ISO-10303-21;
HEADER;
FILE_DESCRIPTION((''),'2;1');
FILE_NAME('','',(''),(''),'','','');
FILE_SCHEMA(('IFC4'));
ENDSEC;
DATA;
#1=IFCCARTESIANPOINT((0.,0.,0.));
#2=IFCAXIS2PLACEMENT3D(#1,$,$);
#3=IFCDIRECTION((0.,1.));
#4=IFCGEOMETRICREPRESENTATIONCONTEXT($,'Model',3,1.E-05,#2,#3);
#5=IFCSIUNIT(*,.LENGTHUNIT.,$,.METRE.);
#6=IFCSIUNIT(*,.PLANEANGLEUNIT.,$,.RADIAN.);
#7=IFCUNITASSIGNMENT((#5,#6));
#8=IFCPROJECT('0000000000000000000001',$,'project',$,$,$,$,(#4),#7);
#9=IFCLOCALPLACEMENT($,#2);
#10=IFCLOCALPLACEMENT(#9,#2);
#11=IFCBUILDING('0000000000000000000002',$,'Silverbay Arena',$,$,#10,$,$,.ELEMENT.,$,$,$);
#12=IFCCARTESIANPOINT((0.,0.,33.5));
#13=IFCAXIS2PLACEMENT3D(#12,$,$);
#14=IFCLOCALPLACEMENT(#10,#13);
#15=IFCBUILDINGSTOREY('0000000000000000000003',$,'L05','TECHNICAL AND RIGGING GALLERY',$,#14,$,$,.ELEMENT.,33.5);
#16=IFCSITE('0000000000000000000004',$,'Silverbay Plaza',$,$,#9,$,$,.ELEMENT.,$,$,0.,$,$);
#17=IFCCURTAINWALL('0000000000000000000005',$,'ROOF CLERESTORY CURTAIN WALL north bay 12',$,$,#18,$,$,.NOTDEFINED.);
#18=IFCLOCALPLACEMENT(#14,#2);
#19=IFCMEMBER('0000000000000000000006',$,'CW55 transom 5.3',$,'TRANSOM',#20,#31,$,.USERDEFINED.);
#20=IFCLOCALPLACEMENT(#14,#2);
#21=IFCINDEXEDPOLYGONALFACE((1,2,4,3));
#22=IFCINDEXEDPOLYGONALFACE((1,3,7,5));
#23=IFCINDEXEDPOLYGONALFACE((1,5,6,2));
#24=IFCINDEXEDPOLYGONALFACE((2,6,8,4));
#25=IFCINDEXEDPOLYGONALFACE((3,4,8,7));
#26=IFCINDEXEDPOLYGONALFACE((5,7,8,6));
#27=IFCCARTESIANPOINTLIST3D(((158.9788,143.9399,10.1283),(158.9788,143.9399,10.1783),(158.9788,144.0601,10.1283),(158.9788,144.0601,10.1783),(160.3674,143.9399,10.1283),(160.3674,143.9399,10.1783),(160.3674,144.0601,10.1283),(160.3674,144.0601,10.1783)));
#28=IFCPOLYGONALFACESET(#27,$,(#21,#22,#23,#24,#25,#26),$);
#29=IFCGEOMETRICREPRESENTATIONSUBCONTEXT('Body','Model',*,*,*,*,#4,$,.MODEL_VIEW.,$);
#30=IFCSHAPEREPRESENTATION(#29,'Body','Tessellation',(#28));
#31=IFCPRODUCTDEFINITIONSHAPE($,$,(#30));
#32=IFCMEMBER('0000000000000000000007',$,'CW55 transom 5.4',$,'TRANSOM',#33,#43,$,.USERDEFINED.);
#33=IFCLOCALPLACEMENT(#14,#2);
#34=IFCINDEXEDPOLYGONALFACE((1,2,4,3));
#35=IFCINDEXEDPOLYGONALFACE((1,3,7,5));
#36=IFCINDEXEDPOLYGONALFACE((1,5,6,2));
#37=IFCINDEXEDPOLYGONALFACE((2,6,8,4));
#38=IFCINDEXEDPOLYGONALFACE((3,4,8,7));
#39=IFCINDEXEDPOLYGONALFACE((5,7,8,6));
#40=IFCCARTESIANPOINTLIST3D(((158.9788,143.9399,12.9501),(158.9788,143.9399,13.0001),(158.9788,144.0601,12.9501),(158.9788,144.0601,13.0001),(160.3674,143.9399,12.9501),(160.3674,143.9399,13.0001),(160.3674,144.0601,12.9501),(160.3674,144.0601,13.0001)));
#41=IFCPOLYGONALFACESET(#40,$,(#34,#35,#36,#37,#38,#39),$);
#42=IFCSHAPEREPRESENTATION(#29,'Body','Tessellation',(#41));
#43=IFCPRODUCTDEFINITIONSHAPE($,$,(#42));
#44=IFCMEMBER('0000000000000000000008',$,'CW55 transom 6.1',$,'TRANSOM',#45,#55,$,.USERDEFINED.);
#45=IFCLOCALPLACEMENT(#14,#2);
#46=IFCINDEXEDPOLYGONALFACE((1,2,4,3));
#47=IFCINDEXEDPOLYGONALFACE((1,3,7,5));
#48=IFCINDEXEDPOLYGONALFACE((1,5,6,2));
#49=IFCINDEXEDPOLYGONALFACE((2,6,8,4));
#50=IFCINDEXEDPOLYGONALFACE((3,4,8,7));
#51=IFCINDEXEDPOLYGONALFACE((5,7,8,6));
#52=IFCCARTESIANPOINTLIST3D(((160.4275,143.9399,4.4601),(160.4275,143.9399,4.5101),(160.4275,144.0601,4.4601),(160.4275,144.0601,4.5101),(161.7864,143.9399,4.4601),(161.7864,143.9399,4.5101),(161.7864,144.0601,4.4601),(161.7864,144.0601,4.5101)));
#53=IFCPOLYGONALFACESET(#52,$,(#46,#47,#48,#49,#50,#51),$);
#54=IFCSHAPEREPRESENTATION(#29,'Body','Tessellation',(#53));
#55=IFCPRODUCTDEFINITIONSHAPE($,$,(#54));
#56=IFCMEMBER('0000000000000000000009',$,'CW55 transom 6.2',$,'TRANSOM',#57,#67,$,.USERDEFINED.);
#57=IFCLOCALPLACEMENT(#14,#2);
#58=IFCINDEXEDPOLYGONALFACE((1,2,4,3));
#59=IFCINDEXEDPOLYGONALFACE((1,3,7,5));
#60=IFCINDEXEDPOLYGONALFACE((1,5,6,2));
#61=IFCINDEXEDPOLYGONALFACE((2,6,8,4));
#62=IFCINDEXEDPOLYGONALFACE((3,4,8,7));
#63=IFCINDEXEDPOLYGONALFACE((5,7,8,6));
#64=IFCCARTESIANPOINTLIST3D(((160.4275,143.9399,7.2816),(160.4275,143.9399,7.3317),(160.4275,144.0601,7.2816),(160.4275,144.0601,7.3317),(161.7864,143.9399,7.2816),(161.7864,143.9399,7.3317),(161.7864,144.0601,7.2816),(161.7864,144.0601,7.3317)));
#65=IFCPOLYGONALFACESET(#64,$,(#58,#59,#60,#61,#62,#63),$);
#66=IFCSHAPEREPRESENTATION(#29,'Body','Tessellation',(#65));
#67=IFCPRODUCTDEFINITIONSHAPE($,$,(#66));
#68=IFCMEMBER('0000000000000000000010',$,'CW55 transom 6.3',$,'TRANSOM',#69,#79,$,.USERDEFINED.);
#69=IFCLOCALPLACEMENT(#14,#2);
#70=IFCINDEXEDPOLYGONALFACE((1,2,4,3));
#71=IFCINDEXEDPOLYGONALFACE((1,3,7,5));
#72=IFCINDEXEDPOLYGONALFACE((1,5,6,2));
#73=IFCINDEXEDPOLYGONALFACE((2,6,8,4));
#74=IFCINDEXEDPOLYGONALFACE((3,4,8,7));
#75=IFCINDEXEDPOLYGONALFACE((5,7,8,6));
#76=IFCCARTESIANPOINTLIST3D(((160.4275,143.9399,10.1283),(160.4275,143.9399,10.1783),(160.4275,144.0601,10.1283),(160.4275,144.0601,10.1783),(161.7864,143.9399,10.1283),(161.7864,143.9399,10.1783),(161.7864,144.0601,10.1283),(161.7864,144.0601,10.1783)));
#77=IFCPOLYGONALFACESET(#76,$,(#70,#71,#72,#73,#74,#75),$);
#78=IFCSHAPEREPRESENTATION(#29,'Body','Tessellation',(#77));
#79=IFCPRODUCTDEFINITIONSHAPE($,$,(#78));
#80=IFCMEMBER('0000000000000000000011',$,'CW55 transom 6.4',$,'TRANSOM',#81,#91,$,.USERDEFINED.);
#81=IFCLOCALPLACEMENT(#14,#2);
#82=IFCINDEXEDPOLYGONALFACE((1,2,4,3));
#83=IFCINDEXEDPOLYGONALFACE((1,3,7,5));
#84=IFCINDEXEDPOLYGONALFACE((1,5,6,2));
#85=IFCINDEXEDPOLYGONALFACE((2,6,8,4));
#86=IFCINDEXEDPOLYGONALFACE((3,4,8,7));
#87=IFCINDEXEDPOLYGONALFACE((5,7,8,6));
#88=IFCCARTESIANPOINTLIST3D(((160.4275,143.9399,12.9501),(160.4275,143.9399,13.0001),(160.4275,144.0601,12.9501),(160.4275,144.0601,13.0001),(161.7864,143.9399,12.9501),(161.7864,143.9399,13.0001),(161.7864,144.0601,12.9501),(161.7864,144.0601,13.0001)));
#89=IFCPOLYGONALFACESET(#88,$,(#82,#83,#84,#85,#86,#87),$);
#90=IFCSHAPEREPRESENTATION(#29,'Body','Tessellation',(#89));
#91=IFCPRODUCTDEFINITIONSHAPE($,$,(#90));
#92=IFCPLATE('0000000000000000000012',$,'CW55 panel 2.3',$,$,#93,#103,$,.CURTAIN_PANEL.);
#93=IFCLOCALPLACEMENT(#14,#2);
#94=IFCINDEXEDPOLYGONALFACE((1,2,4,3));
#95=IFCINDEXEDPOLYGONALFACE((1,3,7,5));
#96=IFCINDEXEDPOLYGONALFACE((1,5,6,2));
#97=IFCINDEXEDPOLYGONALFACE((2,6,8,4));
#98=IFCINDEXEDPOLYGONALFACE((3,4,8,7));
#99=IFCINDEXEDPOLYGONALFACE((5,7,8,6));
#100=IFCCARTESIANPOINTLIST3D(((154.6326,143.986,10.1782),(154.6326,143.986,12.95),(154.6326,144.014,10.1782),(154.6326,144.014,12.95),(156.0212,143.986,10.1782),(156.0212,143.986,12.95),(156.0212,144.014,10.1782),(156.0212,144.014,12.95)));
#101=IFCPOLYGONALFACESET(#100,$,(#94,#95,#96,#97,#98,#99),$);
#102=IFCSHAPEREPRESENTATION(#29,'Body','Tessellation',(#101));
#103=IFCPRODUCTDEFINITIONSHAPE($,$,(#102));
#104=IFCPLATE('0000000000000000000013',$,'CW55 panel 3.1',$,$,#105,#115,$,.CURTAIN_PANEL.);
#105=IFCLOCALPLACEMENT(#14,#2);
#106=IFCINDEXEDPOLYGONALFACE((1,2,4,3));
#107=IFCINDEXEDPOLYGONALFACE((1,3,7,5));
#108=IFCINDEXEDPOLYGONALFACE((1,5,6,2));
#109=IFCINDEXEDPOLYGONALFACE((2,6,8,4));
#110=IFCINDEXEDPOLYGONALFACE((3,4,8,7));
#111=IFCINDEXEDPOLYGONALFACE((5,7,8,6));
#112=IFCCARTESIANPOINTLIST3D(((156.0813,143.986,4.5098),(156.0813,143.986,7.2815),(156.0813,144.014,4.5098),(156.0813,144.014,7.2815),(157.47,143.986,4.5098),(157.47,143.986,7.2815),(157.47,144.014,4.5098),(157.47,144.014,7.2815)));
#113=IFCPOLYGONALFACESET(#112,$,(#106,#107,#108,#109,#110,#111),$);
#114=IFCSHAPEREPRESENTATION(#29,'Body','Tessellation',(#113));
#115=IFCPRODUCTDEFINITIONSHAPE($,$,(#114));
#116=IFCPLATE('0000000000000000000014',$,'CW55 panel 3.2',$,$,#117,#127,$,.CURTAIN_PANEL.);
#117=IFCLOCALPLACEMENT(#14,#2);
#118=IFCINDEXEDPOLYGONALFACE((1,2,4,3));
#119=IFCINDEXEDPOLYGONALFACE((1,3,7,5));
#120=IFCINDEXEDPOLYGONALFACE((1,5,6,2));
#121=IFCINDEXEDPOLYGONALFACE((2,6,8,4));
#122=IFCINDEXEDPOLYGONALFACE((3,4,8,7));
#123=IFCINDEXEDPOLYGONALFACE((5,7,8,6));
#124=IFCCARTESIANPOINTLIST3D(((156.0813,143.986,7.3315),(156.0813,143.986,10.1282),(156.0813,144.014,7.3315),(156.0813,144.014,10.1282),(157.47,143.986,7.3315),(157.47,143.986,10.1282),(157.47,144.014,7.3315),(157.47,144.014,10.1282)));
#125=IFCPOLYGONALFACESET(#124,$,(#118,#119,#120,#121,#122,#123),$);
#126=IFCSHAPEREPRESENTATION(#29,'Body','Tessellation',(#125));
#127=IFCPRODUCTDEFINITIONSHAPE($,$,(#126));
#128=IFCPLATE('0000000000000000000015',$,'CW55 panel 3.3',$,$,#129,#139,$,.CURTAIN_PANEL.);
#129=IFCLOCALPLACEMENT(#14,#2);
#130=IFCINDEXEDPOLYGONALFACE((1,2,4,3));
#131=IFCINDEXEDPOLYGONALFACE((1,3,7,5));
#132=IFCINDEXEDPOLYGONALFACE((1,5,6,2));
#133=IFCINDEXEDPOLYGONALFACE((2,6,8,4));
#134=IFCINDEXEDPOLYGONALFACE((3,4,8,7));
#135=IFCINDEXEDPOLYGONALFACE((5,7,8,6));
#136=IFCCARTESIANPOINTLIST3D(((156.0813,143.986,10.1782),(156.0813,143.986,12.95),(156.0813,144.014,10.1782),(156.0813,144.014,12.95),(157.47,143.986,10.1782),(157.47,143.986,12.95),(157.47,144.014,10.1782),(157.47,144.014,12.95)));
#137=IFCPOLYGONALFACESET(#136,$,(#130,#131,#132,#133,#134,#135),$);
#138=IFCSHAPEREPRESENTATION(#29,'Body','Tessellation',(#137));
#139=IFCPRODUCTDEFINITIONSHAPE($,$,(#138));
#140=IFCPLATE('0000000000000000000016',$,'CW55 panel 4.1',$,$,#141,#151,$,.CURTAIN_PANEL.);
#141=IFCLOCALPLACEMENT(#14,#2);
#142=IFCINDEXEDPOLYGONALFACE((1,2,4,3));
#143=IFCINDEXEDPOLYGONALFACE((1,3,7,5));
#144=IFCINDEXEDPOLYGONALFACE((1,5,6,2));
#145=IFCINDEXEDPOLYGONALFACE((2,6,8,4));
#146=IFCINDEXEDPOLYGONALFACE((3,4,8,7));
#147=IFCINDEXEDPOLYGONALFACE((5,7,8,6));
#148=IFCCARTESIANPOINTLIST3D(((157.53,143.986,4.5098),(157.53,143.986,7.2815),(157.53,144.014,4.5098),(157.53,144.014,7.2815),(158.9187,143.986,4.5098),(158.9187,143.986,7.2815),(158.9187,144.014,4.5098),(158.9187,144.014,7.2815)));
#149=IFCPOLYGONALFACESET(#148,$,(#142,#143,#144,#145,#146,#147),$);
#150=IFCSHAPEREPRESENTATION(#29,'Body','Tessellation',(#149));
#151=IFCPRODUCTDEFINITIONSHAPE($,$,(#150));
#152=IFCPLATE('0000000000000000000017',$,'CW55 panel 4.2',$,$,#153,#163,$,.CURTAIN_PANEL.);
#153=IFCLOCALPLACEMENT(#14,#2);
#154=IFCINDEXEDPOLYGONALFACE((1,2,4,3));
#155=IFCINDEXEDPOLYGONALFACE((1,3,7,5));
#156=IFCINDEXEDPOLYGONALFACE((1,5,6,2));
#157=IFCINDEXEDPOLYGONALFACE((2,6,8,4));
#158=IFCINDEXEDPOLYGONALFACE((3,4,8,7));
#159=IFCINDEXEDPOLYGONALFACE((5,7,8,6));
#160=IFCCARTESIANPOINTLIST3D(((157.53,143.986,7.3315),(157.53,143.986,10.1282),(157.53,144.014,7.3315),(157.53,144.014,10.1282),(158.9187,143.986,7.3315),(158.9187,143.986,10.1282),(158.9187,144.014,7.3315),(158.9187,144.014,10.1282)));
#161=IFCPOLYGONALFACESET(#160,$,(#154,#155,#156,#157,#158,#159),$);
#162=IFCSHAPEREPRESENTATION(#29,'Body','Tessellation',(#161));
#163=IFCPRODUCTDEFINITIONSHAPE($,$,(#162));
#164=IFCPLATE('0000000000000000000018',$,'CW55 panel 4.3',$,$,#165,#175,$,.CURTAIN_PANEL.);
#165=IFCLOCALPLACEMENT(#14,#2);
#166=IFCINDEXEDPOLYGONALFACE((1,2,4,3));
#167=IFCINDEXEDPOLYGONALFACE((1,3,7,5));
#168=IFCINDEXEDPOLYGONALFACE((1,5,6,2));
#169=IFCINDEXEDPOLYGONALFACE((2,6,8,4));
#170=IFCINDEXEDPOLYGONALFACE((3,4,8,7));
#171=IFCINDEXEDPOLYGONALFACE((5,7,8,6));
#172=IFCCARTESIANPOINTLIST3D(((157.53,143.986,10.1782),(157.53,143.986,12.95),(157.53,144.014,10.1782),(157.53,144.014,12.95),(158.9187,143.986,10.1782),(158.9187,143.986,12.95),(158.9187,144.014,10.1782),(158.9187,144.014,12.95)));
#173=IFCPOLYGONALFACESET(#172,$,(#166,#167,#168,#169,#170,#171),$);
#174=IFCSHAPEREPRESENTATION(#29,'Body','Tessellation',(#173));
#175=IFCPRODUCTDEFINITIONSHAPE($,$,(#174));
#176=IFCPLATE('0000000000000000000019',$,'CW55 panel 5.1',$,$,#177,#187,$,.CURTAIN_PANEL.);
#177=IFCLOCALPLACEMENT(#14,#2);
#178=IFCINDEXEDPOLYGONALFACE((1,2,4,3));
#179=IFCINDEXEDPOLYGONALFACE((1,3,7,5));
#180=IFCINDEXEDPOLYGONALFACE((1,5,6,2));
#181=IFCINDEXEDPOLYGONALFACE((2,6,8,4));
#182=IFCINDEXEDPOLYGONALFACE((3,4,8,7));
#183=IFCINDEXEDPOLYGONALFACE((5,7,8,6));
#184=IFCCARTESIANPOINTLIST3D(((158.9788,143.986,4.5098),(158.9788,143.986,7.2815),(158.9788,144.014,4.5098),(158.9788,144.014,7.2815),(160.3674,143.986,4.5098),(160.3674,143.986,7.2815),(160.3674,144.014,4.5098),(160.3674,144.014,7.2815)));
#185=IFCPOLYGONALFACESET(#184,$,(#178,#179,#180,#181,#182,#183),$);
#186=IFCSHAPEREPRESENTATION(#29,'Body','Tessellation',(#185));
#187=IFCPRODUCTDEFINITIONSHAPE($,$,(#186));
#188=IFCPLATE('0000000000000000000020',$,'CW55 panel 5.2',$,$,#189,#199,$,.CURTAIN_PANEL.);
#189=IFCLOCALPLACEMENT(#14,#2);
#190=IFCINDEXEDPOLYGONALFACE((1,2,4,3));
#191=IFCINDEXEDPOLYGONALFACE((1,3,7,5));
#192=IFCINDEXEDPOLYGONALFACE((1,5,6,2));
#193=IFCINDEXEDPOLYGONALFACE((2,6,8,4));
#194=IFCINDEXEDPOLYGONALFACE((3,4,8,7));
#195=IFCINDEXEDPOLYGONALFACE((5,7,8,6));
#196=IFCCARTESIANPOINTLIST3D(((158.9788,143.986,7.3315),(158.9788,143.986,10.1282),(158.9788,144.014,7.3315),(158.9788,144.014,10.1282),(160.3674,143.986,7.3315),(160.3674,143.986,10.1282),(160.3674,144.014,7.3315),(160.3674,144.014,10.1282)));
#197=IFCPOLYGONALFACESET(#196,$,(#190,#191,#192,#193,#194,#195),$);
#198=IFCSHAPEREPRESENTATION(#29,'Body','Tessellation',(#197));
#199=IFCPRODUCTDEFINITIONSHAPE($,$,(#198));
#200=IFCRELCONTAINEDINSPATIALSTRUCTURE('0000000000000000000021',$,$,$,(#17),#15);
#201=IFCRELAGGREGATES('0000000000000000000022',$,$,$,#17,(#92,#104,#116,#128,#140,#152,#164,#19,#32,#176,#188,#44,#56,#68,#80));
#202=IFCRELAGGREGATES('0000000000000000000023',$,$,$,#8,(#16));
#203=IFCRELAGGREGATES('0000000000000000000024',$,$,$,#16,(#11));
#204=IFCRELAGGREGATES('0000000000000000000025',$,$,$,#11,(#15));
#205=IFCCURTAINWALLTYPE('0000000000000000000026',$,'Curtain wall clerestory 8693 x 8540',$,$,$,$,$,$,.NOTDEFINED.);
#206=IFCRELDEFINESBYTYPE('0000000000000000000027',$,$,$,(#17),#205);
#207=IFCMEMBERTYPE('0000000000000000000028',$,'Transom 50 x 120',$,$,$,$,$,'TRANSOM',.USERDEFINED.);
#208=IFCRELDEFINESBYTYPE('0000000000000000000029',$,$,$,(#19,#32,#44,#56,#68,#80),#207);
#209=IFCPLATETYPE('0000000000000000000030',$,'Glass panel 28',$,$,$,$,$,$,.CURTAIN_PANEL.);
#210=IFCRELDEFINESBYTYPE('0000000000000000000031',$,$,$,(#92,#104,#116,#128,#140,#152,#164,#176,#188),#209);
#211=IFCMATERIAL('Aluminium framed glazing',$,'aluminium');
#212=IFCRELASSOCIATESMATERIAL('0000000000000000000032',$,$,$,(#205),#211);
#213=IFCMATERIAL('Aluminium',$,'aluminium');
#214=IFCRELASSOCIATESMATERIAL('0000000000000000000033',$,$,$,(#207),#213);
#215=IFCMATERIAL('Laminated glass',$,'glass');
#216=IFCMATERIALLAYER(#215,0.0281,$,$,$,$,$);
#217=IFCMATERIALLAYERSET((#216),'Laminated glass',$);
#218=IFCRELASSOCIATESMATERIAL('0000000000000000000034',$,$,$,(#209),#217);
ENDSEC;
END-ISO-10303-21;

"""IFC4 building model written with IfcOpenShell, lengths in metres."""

from ifc_helpers import new_model, si_unit, direction, frame, origin, origin_2d, place, context, subcontext, project, spatial, rectangle, extrude, material, layer, layer_set, material_profile, profile_set, type_object, element, aggregate, save


model = new_model("IFC4")

# Units and contexts
model_context = context("Model", 3, precision=1e-05, world=origin(), true_north=direction((0.0, 1.0)))
body_context = subcontext(model_context, "Body", "Model", "MODEL_VIEW")
ifc_project = project(units=[si_unit("LENGTHUNIT", "METRE"), si_unit("PLANEANGLEUNIT", "RADIAN")], contexts=[model_context])

# Site, building, storey
site_placement = place(None, origin())
site = spatial("IfcSite", under=ifc_project, at=site_placement, Name="Silverbay Plaza", CompositionType="ELEMENT", RefElevation=0.0)
building_placement = place(site_placement, origin())
building = spatial("IfcBuilding", under=site, at=building_placement, Name="Silverbay Arena", CompositionType="ELEMENT")
storey_placement = place(building_placement, frame((0.0, 0.0, 33.5)))
storey = spatial("IfcBuildingStorey", under=building, at=storey_placement, Name="L05", Description="TECHNICAL AND RIGGING GALLERY", CompositionType="ELEMENT", Elevation=33.5)

# Curtain wall, members, plates
ifc_material_1 = material(Name="Aluminium framed glazing", Category="aluminium")
curtain_wall_type = type_object("IfcCurtainWallType", Name="Curtain wall clerestory 8693 x 8540", PredefinedType="NOTDEFINED", material=ifc_material_1)
curtain_wall_placement = place(storey_placement, origin())
curtain_wall = element("IfcCurtainWall", 1, at=curtain_wall_placement, inside=storey, type_object=curtain_wall_type, Name="ROOF CLERESTORY CURTAIN WALL north bay 12", PredefinedType="NOTDEFINED")
ifc_material_2 = material(Name="Aluminium", Category="aluminium")
ifc_material_profile_1 = material_profile(ifc_material_2, rectangle(XDim=0.1201, YDim=0.05, at=origin_2d()), Name="Transom 50 x 120")
ifc_profile_set_1 = profile_set([ifc_material_profile_1], Name="Aluminium")
member_type_1 = type_object("IfcMemberType", Name="Transom 50 x 120", ElementType="TRANSOM", PredefinedType="USERDEFINED", material=ifc_profile_set_1)
member_1_placement = place(storey_placement, frame((158.9788, 144.0, 10.1533), z_axis=(1.0, 0.0, 0.0), x_axis=(0.0, 1.0, 0.0)))
member_1 = element("IfcMember", 2, at=member_1_placement, type_object=member_type_1, Name="CW55 transom 5.3", ObjectType="TRANSOM", PredefinedType="USERDEFINED", context=body_context, shape_type="SweptSolid", body=[
    extrude(rectangle(XDim=0.1201, YDim=0.05, at=origin_2d()), origin(), (0.0, 0.0, 1.0), 1.3887),
])
member_2_placement = place(storey_placement, frame((158.9788, 144.0, 12.9751), z_axis=(1.0, 0.0, 0.0), x_axis=(0.0, 1.0, 0.0)))
member_2 = element("IfcMember", 3, at=member_2_placement, type_object=member_type_1, Name="CW55 transom 5.4", ObjectType="TRANSOM", PredefinedType="USERDEFINED", context=body_context, shape_type="SweptSolid", body=[
    extrude(rectangle(XDim=0.1201, YDim=0.05, at=origin_2d()), origin(), (0.0, 0.0, 1.0), 1.3887),
])
member_3_placement = place(storey_placement, frame((160.4275, 144.0, 4.4851), z_axis=(1.0, 0.0, 0.0), x_axis=(0.0, 1.0, 0.0)))
member_3 = element("IfcMember", 4, at=member_3_placement, type_object=member_type_1, Name="CW55 transom 6.1", ObjectType="TRANSOM", PredefinedType="USERDEFINED", context=body_context, shape_type="SweptSolid", body=[
    extrude(rectangle(XDim=0.1201, YDim=0.05, at=origin_2d()), origin(), (0.0, 0.0, 1.0), 1.3589),
])
member_4_placement = place(storey_placement, frame((160.4275, 144.0, 7.3066), z_axis=(1.0, 0.0, 0.0), x_axis=(0.0, 1.0, 0.0)))
member_4 = element("IfcMember", 5, at=member_4_placement, type_object=member_type_1, Name="CW55 transom 6.2", ObjectType="TRANSOM", PredefinedType="USERDEFINED", context=body_context, shape_type="SweptSolid", body=[
    extrude(rectangle(XDim=0.1201, YDim=0.05, at=origin_2d()), origin(), (0.0, 0.0, 1.0), 1.3589),
])
member_5_placement = place(storey_placement, frame((160.4275, 144.0, 10.1533), z_axis=(1.0, 0.0, 0.0), x_axis=(0.0, 1.0, 0.0)))
member_5 = element("IfcMember", 6, at=member_5_placement, type_object=member_type_1, Name="CW55 transom 6.3", ObjectType="TRANSOM", PredefinedType="USERDEFINED", context=body_context, shape_type="SweptSolid", body=[
    extrude(rectangle(XDim=0.1201, YDim=0.05, at=origin_2d()), origin(), (0.0, 0.0, 1.0), 1.3589),
])
member_6_placement = place(storey_placement, frame((160.4275, 144.0, 12.9751), z_axis=(1.0, 0.0, 0.0), x_axis=(0.0, 1.0, 0.0)))
member_6 = element("IfcMember", 7, at=member_6_placement, type_object=member_type_1, Name="CW55 transom 6.4", ObjectType="TRANSOM", PredefinedType="USERDEFINED", context=body_context, shape_type="SweptSolid", body=[
    extrude(rectangle(XDim=0.1201, YDim=0.05, at=origin_2d()), origin(), (0.0, 0.0, 1.0), 1.3589),
])
ifc_material_3 = material(Name="Laminated glass", Category="glass")
ifc_layer = layer(ifc_material_3, 0.0281)
ifc_layer_set = layer_set([ifc_layer], Name="Laminated glass")
plate_type = type_object("IfcPlateType", Name="Glass panel 28", PredefinedType="CURTAIN_PANEL", material=ifc_layer_set)
plate_1_placement = place(storey_placement, frame((155.3269, 144.0, 10.1782), z_axis=(0.0, 0.0, 1.0), x_axis=(1.0, 0.0, 0.0)))
plate_1 = element("IfcPlate", 8, at=plate_1_placement, type_object=plate_type, Name="CW55 panel 2.3", PredefinedType="CURTAIN_PANEL", context=body_context, shape_type="SweptSolid", body=[
    extrude(rectangle(XDim=1.3887, YDim=0.0281, at=origin_2d()), origin(), (0.0, 0.0, 1.0), 2.7717),
])
plate_2_placement = place(storey_placement, frame((156.7756, 144.0, 4.5098), z_axis=(0.0, 0.0, 1.0), x_axis=(1.0, 0.0, 0.0)))
plate_2 = element("IfcPlate", 9, at=plate_2_placement, type_object=plate_type, Name="CW55 panel 3.1", PredefinedType="CURTAIN_PANEL", context=body_context, shape_type="SweptSolid", body=[
    extrude(rectangle(XDim=1.3887, YDim=0.0281, at=origin_2d()), origin(), (0.0, 0.0, 1.0), 2.7717),
])
plate_3_placement = place(storey_placement, frame((156.7756, 144.0, 7.3315), z_axis=(0.0, 0.0, 1.0), x_axis=(1.0, 0.0, 0.0)))
plate_3 = element("IfcPlate", 10, at=plate_3_placement, type_object=plate_type, Name="CW55 panel 3.2", PredefinedType="CURTAIN_PANEL", context=body_context, shape_type="SweptSolid", body=[
    extrude(rectangle(XDim=1.3887, YDim=0.0281, at=origin_2d()), origin(), (0.0, 0.0, 1.0), 2.7966),
])
plate_4_placement = place(storey_placement, frame((156.7756, 144.0, 10.1782), z_axis=(0.0, 0.0, 1.0), x_axis=(1.0, 0.0, 0.0)))
plate_4 = element("IfcPlate", 11, at=plate_4_placement, type_object=plate_type, Name="CW55 panel 3.3", PredefinedType="CURTAIN_PANEL", context=body_context, shape_type="SweptSolid", body=[
    extrude(rectangle(XDim=1.3887, YDim=0.0281, at=origin_2d()), origin(), (0.0, 0.0, 1.0), 2.7717),
])
plate_5_placement = place(storey_placement, frame((158.2244, 144.0, 4.5098), z_axis=(0.0, 0.0, 1.0), x_axis=(1.0, 0.0, 0.0)))
plate_5 = element("IfcPlate", 12, at=plate_5_placement, type_object=plate_type, Name="CW55 panel 4.1", PredefinedType="CURTAIN_PANEL", context=body_context, shape_type="SweptSolid", body=[
    extrude(rectangle(XDim=1.3887, YDim=0.0281, at=origin_2d()), origin(), (0.0, 0.0, 1.0), 2.7717),
])
plate_6_placement = place(storey_placement, frame((158.2244, 144.0, 7.3315), z_axis=(0.0, 0.0, 1.0), x_axis=(1.0, 0.0, 0.0)))
plate_6 = element("IfcPlate", 13, at=plate_6_placement, type_object=plate_type, Name="CW55 panel 4.2", PredefinedType="CURTAIN_PANEL", context=body_context, shape_type="SweptSolid", body=[
    extrude(rectangle(XDim=1.3887, YDim=0.0281, at=origin_2d()), origin(), (0.0, 0.0, 1.0), 2.7966),
])
plate_7_placement = place(storey_placement, frame((158.2244, 144.0, 10.1782), z_axis=(0.0, 0.0, 1.0), x_axis=(1.0, 0.0, 0.0)))
plate_7 = element("IfcPlate", 14, at=plate_7_placement, type_object=plate_type, Name="CW55 panel 4.3", PredefinedType="CURTAIN_PANEL", context=body_context, shape_type="SweptSolid", body=[
    extrude(rectangle(XDim=1.3887, YDim=0.0281, at=origin_2d()), origin(), (0.0, 0.0, 1.0), 2.7717),
])
plate_8_placement = place(storey_placement, frame((159.6731, 144.0, 4.5098), z_axis=(0.0, 0.0, 1.0), x_axis=(1.0, 0.0, 0.0)))
plate_8 = element("IfcPlate", 15, at=plate_8_placement, type_object=plate_type, Name="CW55 panel 5.1", PredefinedType="CURTAIN_PANEL", context=body_context, shape_type="SweptSolid", body=[
    extrude(rectangle(XDim=1.3887, YDim=0.0281, at=origin_2d()), origin(), (0.0, 0.0, 1.0), 2.7717),
])
plate_9_placement = place(storey_placement, frame((159.6731, 144.0, 7.3315), z_axis=(0.0, 0.0, 1.0), x_axis=(1.0, 0.0, 0.0)))
plate_9 = element("IfcPlate", 16, at=plate_9_placement, type_object=plate_type, Name="CW55 panel 5.2", PredefinedType="CURTAIN_PANEL", context=body_context, shape_type="SweptSolid", body=[
    extrude(rectangle(XDim=1.3887, YDim=0.0281, at=origin_2d()), origin(), (0.0, 0.0, 1.0), 2.7966),
])
aggregate(curtain_wall, [plate_1, plate_2, plate_3, plate_4, plate_5, plate_6, plate_7, member_1, member_2, plate_8, plate_9, member_3, member_4, member_5, member_6])

save(model, "model.ifc")
